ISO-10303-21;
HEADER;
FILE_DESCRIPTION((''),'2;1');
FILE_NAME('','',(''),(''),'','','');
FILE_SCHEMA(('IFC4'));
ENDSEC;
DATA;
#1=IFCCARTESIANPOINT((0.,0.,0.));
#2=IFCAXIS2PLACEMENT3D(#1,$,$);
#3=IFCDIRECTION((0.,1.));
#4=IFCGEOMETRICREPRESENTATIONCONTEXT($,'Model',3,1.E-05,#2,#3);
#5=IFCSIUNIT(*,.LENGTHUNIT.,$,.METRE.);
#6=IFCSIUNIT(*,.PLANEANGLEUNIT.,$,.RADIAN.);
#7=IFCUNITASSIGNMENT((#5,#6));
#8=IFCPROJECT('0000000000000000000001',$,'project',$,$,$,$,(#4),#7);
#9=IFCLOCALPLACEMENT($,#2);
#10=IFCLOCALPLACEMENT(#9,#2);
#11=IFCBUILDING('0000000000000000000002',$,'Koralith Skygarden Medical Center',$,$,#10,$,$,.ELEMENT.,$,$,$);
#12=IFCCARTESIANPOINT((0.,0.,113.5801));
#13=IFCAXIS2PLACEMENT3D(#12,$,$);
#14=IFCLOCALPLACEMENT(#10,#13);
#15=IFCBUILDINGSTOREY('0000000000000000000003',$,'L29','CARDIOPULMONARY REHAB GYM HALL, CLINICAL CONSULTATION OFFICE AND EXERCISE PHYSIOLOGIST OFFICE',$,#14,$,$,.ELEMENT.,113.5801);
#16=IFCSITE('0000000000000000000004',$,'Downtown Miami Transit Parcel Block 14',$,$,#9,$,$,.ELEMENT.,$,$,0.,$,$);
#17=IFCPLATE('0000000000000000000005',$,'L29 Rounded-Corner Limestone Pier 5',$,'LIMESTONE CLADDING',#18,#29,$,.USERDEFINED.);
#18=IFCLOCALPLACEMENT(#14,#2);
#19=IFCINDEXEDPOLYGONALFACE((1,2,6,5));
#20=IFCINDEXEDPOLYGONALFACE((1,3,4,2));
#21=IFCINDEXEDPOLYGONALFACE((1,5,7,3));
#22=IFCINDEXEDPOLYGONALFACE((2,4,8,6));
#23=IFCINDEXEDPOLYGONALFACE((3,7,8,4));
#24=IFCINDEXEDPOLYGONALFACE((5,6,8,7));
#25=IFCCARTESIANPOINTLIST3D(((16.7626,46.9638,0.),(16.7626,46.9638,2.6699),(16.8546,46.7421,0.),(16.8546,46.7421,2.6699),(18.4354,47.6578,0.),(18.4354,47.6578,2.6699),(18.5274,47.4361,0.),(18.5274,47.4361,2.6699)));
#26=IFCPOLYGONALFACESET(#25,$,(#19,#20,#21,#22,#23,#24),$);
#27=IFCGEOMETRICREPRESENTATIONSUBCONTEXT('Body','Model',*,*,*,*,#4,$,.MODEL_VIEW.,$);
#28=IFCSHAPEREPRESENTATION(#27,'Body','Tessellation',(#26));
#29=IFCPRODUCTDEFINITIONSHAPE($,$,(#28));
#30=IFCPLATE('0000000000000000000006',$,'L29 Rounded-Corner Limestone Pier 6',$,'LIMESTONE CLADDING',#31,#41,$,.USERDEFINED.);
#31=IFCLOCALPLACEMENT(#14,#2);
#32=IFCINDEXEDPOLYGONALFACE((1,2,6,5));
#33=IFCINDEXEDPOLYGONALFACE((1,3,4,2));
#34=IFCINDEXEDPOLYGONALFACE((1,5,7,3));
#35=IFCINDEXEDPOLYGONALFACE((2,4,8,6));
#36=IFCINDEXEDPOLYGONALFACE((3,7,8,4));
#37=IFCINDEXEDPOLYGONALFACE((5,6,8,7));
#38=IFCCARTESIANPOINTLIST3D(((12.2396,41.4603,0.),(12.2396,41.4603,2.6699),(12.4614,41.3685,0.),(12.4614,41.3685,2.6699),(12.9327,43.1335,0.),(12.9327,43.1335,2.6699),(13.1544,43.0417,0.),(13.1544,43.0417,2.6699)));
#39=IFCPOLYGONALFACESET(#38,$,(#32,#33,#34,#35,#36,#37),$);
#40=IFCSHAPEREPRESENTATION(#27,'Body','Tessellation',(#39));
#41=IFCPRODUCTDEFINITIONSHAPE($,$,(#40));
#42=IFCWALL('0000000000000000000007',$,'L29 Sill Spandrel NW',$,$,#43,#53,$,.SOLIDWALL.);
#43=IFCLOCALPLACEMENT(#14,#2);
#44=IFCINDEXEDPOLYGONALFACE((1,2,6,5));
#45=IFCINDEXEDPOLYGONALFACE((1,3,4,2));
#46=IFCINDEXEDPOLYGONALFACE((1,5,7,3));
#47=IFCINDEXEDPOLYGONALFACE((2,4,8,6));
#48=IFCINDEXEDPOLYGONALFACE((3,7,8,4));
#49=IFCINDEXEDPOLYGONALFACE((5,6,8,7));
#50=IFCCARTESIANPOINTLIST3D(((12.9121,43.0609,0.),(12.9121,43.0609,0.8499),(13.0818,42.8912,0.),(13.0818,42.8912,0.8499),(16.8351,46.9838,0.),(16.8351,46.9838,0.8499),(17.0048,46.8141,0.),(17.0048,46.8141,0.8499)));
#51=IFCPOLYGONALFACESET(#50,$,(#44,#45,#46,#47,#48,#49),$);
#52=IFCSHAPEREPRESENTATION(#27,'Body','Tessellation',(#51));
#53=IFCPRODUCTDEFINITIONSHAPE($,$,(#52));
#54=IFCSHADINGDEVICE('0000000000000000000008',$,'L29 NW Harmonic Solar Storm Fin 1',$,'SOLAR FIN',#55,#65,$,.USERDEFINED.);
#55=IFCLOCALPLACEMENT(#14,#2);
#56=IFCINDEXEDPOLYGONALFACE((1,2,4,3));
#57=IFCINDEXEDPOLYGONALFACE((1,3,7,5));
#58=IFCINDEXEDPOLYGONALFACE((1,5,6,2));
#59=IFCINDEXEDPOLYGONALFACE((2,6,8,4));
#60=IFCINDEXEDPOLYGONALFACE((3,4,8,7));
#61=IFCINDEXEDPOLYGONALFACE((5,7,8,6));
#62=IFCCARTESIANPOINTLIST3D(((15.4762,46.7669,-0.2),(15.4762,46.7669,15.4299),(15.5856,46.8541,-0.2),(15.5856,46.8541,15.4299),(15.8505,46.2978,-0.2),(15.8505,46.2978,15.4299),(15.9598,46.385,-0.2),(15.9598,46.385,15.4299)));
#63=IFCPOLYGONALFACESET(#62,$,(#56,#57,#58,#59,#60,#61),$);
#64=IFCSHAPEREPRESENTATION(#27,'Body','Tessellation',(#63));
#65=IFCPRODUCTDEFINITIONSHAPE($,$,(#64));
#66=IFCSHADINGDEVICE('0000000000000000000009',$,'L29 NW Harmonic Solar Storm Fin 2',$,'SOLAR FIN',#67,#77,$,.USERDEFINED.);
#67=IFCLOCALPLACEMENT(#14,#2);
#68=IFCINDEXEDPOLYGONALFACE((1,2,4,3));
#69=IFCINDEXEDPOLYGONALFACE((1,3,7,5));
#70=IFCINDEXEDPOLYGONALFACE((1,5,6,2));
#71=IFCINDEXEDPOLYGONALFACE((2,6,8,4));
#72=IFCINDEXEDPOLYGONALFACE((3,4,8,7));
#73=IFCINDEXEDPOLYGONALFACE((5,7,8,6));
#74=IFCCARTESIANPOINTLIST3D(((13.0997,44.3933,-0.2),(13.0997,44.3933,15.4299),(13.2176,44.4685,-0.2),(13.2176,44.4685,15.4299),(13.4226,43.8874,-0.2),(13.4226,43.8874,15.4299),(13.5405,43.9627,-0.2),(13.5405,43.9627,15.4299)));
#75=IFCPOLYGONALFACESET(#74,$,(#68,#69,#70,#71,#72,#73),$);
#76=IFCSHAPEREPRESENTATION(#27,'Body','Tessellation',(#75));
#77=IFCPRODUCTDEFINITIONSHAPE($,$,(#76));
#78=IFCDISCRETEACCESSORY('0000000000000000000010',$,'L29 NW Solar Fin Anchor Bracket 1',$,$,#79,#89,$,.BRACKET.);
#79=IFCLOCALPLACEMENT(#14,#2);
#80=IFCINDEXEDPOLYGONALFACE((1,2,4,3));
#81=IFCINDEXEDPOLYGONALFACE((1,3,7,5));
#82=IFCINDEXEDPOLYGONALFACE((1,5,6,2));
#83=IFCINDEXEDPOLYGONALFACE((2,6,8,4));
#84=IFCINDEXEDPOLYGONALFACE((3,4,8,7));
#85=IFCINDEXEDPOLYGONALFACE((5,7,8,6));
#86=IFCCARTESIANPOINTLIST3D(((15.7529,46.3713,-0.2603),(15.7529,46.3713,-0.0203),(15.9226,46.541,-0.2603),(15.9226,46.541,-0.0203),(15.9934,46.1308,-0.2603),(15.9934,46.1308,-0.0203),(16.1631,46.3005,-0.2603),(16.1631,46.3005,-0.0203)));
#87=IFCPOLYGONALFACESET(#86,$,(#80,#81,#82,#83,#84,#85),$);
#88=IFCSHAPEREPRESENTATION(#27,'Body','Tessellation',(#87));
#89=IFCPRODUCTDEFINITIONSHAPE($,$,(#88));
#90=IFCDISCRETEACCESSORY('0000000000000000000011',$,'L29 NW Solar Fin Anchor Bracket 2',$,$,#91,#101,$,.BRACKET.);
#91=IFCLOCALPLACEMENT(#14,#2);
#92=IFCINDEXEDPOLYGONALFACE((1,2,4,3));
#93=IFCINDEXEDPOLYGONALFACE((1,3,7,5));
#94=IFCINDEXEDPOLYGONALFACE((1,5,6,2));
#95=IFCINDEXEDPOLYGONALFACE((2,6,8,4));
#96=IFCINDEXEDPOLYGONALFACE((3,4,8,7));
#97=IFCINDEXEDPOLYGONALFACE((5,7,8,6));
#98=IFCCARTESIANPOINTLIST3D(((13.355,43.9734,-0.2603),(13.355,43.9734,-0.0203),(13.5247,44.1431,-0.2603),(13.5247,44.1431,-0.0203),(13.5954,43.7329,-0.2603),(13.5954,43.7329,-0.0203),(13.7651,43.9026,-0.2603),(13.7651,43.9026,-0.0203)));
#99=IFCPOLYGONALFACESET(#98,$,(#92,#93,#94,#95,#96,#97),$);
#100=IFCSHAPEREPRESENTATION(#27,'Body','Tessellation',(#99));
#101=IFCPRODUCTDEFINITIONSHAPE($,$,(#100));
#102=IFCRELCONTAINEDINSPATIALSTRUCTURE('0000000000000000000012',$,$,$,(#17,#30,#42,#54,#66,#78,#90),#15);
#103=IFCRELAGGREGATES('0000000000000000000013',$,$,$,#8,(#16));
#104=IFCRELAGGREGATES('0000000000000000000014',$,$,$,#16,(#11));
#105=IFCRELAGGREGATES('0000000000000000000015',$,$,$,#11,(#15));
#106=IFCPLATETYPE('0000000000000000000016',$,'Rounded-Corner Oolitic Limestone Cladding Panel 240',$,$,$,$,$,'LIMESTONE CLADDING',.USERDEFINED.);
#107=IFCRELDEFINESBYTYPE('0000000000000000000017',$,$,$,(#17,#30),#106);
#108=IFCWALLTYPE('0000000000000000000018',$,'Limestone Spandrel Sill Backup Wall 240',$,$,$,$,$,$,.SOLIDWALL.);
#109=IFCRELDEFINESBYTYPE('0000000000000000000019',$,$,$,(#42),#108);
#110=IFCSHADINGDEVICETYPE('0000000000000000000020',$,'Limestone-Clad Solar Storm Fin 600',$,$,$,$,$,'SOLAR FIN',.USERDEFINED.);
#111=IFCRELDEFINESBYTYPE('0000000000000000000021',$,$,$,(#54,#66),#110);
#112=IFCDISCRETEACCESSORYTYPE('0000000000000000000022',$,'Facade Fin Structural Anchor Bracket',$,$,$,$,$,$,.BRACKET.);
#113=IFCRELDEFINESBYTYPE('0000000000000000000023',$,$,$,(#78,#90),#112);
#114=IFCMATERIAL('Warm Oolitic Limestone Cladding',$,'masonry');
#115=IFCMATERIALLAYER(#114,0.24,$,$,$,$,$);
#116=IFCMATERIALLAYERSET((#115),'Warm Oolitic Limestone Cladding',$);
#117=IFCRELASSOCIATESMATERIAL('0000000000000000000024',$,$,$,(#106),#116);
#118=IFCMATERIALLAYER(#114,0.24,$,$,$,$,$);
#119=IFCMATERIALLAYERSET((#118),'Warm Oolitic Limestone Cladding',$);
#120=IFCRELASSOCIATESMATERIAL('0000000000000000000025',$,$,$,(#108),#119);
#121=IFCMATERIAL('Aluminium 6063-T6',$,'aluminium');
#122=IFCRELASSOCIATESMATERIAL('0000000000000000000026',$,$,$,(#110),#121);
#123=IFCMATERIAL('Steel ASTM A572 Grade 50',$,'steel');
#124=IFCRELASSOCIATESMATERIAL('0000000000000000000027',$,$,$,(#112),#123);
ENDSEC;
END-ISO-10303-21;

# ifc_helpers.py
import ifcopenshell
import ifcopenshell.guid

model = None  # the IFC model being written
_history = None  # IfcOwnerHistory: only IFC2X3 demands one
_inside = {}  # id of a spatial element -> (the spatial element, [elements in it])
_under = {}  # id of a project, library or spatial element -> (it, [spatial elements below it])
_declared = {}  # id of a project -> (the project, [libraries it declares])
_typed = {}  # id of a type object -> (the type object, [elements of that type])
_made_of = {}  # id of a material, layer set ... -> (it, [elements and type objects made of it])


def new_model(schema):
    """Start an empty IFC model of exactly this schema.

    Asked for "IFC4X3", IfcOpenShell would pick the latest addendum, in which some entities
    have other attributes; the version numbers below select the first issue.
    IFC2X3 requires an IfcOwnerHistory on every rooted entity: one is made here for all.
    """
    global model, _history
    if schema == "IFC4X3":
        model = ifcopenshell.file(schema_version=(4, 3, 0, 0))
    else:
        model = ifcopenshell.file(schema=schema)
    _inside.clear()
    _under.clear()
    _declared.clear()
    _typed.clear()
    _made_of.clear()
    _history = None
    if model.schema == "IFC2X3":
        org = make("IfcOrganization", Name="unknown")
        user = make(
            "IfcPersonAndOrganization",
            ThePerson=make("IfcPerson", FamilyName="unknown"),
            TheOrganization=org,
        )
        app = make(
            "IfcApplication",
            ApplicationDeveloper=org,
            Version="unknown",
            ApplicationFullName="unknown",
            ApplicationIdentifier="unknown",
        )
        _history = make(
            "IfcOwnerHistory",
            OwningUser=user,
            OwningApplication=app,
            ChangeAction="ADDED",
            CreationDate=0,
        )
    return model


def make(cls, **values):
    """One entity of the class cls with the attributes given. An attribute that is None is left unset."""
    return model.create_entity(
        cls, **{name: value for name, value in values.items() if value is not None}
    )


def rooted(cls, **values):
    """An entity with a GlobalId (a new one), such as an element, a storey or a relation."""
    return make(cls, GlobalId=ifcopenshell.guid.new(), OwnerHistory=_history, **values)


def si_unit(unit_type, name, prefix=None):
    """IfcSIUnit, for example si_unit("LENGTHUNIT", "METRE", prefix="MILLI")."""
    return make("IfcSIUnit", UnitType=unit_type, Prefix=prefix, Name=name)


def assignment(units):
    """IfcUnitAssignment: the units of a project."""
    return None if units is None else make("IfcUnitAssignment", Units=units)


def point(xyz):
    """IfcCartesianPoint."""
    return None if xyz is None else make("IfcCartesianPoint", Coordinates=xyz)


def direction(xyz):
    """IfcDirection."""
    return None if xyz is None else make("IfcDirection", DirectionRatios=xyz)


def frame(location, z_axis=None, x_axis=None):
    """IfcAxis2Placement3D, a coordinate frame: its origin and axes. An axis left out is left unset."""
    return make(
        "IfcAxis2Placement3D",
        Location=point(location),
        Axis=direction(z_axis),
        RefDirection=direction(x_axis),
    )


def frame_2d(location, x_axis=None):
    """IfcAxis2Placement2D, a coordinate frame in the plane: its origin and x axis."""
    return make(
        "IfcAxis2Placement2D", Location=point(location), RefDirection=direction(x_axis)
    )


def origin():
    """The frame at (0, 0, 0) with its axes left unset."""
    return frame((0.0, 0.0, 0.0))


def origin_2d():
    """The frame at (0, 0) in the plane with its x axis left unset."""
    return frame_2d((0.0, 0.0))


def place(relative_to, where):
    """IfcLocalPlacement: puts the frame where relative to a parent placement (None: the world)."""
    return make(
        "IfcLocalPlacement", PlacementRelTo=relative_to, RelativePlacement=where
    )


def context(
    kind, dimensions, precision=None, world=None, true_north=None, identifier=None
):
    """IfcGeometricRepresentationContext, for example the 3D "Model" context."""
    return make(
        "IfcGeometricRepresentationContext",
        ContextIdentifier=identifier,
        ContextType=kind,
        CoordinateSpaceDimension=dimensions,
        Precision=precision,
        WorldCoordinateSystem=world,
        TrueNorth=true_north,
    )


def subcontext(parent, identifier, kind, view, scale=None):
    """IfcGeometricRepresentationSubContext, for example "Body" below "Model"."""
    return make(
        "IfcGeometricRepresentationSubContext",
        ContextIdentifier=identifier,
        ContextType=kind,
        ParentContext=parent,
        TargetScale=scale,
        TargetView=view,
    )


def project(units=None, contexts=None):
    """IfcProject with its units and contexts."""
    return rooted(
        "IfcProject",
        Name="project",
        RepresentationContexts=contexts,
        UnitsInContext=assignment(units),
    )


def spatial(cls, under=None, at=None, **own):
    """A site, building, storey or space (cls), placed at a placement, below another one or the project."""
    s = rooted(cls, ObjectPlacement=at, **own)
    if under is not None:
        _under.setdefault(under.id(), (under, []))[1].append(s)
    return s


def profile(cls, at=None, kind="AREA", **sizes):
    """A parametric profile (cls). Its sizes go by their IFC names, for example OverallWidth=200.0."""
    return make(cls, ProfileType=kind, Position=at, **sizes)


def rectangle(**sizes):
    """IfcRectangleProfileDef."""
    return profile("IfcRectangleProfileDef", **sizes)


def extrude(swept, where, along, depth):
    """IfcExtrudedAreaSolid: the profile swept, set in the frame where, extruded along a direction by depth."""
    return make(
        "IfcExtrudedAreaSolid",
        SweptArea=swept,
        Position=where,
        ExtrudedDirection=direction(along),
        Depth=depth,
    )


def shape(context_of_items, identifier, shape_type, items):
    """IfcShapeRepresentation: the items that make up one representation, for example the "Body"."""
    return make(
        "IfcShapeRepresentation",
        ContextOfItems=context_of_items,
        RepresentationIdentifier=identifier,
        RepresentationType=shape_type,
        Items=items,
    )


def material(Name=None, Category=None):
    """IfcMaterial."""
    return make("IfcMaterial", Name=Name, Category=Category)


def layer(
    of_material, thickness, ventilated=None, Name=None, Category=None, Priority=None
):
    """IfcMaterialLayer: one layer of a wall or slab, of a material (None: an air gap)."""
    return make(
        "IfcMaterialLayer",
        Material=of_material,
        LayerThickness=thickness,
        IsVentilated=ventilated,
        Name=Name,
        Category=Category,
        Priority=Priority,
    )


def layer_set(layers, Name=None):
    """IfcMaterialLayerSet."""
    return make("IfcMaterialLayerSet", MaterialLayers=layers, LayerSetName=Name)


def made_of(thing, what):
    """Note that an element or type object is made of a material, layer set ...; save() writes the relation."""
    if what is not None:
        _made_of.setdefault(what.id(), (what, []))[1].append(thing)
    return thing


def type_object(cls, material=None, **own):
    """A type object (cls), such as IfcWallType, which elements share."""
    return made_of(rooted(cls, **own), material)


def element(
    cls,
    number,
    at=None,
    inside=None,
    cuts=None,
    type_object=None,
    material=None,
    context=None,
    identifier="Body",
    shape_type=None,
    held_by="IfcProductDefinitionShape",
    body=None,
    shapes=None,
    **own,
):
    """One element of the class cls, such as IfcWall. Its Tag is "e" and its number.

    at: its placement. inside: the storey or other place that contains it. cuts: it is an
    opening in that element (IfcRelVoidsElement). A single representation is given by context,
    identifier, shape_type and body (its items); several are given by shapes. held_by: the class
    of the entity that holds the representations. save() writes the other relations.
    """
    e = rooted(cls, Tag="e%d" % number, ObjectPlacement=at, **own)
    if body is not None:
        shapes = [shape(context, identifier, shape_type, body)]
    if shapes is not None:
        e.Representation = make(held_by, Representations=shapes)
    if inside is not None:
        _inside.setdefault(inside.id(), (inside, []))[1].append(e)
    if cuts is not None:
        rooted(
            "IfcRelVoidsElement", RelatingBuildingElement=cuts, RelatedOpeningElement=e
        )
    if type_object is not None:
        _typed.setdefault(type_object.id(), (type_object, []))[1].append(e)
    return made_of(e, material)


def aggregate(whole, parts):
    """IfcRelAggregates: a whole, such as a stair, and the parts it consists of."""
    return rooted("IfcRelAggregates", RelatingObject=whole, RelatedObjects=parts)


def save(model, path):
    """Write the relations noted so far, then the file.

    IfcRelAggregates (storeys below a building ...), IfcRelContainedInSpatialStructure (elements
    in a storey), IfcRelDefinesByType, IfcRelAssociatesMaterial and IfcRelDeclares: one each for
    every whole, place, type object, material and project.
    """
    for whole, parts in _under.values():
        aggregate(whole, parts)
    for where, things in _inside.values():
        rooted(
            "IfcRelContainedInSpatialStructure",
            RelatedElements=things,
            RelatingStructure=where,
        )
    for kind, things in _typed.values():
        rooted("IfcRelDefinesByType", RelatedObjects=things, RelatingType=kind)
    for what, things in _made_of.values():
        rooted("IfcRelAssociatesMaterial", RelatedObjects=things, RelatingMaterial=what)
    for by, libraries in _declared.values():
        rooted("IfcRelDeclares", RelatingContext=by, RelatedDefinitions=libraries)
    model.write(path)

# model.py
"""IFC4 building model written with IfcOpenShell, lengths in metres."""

from ifc_helpers import new_model, si_unit, direction, frame, frame_2d, origin, origin_2d, place, context, subcontext, project, spatial, rectangle, extrude, material, layer, layer_set, type_object, element, save


model = new_model("IFC4")

# Units and contexts
model_context = context("Model", 3, precision=1e-05, world=origin(), true_north=direction((0.0, 1.0)))
body_context = subcontext(model_context, "Body", "Model", "MODEL_VIEW")
ifc_project = project(units=[si_unit("LENGTHUNIT", "METRE"), si_unit("PLANEANGLEUNIT", "RADIAN")], contexts=[model_context])

# Site, building, storey
site_placement = place(None, origin())
site = spatial("IfcSite", under=ifc_project, at=site_placement, Name="Downtown Miami Transit Parcel Block 14", CompositionType="ELEMENT", RefElevation=0.0)
building_placement = place(site_placement, origin())
building = spatial("IfcBuilding", under=site, at=building_placement, Name="Koralith Skygarden Medical Center", CompositionType="ELEMENT")
storey_placement = place(building_placement, frame((0.0, 0.0, 113.5801)))
storey = spatial("IfcBuildingStorey", under=building, at=storey_placement, Name="L29", Description="CARDIOPULMONARY REHAB GYM HALL, CLINICAL CONSULTATION OFFICE AND EXERCISE PHYSIOLOGIST OFFICE", CompositionType="ELEMENT", Elevation=113.5801)

# Shared definitions
ifc_material_1 = material(Name="Aluminium 6063-T6", Category="aluminium")

# Plates
ifc_material_2 = material(Name="Warm Oolitic Limestone Cladding", Category="masonry")
ifc_layer_1 = layer(ifc_material_2, 0.24)
ifc_layer_set_1 = layer_set([ifc_layer_1], Name="Warm Oolitic Limestone Cladding")
plate_type_1 = type_object("IfcPlateType", Name="Rounded-Corner Oolitic Limestone Cladding Panel 240", ElementType="LIMESTONE CLADDING", PredefinedType="USERDEFINED", material=ifc_layer_set_1)
for number, where, z_axis, x_axis, name in (
    (1, (17.645, 47.2, 0.0), (0.0, 0.0, 1.0), (-0.92366, -0.383214, 0.0), "L29 Rounded-Corner Limestone Pier 5"),
    (2, (12.697, 42.251, 0.0), (0.0, 0.0, 1.0), (-0.382671, -0.923885, 0.0), "L29 Rounded-Corner Limestone Pier 6"),
):
    element("IfcPlate", number, at=place(storey_placement, frame(where, z_axis=z_axis, x_axis=x_axis)), inside=storey, type_object=plate_type_1, Name=name, ObjectType="LIMESTONE CLADDING", PredefinedType="USERDEFINED", context=body_context, shape_type="SweptSolid", body=[
        extrude(rectangle(XDim=1.811, YDim=0.24, at=origin_2d()), origin(), (0.0, 0.0, 1.0), 2.6699),
    ])

# Wall
ifc_layer_2 = layer(ifc_material_2, 0.24)
ifc_layer_set_2 = layer_set([ifc_layer_2], Name="Warm Oolitic Limestone Cladding")
wall_type = type_object("IfcWallType", Name="Limestone Spandrel Sill Backup Wall 240", PredefinedType="SOLIDWALL", material=ifc_layer_set_2)
wall_placement = place(storey_placement, frame((16.9199, 46.8989, 0.0), z_axis=(0.0, 0.0, 1.0), x_axis=(-0.707107, -0.707107, 0.0)))
element("IfcWall", 3, at=wall_placement, inside=storey, type_object=wall_type, Name="L29 Sill Spandrel NW", PredefinedType="SOLIDWALL", context=body_context, shape_type="SweptSolid", body=[
    extrude(rectangle(XDim=5.5479, YDim=0.24, at=frame_2d((2.7739, 0.0))), origin(), (0.0, 0.0, 1.0), 0.8499),
])

# Shading devices
shading_device_type = type_object("IfcShadingDeviceType", Name="Limestone-Clad Solar Storm Fin 600", ElementType="SOLAR FIN", PredefinedType="USERDEFINED", material=ifc_material_1)
for number, where, z_axis, x_axis, name in (
    (4, (15.718, 46.5759, -0.2), (0.0, 0.0, 1.0), (-0.623634, 0.781716, 0.0), "L29 NW Harmonic Solar Storm Fin 1"),
    (5, (13.3201, 44.178, -0.2), (0.0, 0.0, 1.0), (-0.538065, 0.842903, 0.0), "L29 NW Harmonic Solar Storm Fin 2"),
):
    element("IfcShadingDevice", number, at=place(storey_placement, frame(where, z_axis=z_axis, x_axis=x_axis)), inside=storey, type_object=shading_device_type, Name=name, ObjectType="SOLAR FIN", PredefinedType="USERDEFINED", context=body_context, shape_type="SweptSolid", body=[
        extrude(rectangle(XDim=0.6001, YDim=0.1399, at=origin_2d()), origin(), (0.0, 0.0, 1.0), 15.6299),
    ])

# Discrete accessories
ifc_material_3 = material(Name="Steel ASTM A572 Grade 50", Category="steel")
discrete_accessory_type = type_object("IfcDiscreteAccessoryType", Name="Facade Fin Structural Anchor Bracket", PredefinedType="BRACKET", material=ifc_material_3)
for number, where, z_axis, x_axis, name in (
    (6, (15.958, 46.3359, -0.2603), (0.0, 0.0, 1.0), (-0.707107, 0.707107, 0.0), "L29 NW Solar Fin Anchor Bracket 1"),
    (7, (13.5601, 43.938, -0.2603), (0.0, 0.0, 1.0), (-0.707107, 0.707107, 0.0), "L29 NW Solar Fin Anchor Bracket 2"),
):
    element("IfcDiscreteAccessory", number, at=place(storey_placement, frame(where, z_axis=z_axis, x_axis=x_axis)), inside=storey, type_object=discrete_accessory_type, Name=name, PredefinedType="BRACKET", context=body_context, shape_type="SweptSolid", body=[
        extrude(rectangle(XDim=0.3401, YDim=0.24, at=origin_2d()), origin(), (0.0, 0.0, 1.0), 0.24),
    ])

save(model, "model.ifc")
